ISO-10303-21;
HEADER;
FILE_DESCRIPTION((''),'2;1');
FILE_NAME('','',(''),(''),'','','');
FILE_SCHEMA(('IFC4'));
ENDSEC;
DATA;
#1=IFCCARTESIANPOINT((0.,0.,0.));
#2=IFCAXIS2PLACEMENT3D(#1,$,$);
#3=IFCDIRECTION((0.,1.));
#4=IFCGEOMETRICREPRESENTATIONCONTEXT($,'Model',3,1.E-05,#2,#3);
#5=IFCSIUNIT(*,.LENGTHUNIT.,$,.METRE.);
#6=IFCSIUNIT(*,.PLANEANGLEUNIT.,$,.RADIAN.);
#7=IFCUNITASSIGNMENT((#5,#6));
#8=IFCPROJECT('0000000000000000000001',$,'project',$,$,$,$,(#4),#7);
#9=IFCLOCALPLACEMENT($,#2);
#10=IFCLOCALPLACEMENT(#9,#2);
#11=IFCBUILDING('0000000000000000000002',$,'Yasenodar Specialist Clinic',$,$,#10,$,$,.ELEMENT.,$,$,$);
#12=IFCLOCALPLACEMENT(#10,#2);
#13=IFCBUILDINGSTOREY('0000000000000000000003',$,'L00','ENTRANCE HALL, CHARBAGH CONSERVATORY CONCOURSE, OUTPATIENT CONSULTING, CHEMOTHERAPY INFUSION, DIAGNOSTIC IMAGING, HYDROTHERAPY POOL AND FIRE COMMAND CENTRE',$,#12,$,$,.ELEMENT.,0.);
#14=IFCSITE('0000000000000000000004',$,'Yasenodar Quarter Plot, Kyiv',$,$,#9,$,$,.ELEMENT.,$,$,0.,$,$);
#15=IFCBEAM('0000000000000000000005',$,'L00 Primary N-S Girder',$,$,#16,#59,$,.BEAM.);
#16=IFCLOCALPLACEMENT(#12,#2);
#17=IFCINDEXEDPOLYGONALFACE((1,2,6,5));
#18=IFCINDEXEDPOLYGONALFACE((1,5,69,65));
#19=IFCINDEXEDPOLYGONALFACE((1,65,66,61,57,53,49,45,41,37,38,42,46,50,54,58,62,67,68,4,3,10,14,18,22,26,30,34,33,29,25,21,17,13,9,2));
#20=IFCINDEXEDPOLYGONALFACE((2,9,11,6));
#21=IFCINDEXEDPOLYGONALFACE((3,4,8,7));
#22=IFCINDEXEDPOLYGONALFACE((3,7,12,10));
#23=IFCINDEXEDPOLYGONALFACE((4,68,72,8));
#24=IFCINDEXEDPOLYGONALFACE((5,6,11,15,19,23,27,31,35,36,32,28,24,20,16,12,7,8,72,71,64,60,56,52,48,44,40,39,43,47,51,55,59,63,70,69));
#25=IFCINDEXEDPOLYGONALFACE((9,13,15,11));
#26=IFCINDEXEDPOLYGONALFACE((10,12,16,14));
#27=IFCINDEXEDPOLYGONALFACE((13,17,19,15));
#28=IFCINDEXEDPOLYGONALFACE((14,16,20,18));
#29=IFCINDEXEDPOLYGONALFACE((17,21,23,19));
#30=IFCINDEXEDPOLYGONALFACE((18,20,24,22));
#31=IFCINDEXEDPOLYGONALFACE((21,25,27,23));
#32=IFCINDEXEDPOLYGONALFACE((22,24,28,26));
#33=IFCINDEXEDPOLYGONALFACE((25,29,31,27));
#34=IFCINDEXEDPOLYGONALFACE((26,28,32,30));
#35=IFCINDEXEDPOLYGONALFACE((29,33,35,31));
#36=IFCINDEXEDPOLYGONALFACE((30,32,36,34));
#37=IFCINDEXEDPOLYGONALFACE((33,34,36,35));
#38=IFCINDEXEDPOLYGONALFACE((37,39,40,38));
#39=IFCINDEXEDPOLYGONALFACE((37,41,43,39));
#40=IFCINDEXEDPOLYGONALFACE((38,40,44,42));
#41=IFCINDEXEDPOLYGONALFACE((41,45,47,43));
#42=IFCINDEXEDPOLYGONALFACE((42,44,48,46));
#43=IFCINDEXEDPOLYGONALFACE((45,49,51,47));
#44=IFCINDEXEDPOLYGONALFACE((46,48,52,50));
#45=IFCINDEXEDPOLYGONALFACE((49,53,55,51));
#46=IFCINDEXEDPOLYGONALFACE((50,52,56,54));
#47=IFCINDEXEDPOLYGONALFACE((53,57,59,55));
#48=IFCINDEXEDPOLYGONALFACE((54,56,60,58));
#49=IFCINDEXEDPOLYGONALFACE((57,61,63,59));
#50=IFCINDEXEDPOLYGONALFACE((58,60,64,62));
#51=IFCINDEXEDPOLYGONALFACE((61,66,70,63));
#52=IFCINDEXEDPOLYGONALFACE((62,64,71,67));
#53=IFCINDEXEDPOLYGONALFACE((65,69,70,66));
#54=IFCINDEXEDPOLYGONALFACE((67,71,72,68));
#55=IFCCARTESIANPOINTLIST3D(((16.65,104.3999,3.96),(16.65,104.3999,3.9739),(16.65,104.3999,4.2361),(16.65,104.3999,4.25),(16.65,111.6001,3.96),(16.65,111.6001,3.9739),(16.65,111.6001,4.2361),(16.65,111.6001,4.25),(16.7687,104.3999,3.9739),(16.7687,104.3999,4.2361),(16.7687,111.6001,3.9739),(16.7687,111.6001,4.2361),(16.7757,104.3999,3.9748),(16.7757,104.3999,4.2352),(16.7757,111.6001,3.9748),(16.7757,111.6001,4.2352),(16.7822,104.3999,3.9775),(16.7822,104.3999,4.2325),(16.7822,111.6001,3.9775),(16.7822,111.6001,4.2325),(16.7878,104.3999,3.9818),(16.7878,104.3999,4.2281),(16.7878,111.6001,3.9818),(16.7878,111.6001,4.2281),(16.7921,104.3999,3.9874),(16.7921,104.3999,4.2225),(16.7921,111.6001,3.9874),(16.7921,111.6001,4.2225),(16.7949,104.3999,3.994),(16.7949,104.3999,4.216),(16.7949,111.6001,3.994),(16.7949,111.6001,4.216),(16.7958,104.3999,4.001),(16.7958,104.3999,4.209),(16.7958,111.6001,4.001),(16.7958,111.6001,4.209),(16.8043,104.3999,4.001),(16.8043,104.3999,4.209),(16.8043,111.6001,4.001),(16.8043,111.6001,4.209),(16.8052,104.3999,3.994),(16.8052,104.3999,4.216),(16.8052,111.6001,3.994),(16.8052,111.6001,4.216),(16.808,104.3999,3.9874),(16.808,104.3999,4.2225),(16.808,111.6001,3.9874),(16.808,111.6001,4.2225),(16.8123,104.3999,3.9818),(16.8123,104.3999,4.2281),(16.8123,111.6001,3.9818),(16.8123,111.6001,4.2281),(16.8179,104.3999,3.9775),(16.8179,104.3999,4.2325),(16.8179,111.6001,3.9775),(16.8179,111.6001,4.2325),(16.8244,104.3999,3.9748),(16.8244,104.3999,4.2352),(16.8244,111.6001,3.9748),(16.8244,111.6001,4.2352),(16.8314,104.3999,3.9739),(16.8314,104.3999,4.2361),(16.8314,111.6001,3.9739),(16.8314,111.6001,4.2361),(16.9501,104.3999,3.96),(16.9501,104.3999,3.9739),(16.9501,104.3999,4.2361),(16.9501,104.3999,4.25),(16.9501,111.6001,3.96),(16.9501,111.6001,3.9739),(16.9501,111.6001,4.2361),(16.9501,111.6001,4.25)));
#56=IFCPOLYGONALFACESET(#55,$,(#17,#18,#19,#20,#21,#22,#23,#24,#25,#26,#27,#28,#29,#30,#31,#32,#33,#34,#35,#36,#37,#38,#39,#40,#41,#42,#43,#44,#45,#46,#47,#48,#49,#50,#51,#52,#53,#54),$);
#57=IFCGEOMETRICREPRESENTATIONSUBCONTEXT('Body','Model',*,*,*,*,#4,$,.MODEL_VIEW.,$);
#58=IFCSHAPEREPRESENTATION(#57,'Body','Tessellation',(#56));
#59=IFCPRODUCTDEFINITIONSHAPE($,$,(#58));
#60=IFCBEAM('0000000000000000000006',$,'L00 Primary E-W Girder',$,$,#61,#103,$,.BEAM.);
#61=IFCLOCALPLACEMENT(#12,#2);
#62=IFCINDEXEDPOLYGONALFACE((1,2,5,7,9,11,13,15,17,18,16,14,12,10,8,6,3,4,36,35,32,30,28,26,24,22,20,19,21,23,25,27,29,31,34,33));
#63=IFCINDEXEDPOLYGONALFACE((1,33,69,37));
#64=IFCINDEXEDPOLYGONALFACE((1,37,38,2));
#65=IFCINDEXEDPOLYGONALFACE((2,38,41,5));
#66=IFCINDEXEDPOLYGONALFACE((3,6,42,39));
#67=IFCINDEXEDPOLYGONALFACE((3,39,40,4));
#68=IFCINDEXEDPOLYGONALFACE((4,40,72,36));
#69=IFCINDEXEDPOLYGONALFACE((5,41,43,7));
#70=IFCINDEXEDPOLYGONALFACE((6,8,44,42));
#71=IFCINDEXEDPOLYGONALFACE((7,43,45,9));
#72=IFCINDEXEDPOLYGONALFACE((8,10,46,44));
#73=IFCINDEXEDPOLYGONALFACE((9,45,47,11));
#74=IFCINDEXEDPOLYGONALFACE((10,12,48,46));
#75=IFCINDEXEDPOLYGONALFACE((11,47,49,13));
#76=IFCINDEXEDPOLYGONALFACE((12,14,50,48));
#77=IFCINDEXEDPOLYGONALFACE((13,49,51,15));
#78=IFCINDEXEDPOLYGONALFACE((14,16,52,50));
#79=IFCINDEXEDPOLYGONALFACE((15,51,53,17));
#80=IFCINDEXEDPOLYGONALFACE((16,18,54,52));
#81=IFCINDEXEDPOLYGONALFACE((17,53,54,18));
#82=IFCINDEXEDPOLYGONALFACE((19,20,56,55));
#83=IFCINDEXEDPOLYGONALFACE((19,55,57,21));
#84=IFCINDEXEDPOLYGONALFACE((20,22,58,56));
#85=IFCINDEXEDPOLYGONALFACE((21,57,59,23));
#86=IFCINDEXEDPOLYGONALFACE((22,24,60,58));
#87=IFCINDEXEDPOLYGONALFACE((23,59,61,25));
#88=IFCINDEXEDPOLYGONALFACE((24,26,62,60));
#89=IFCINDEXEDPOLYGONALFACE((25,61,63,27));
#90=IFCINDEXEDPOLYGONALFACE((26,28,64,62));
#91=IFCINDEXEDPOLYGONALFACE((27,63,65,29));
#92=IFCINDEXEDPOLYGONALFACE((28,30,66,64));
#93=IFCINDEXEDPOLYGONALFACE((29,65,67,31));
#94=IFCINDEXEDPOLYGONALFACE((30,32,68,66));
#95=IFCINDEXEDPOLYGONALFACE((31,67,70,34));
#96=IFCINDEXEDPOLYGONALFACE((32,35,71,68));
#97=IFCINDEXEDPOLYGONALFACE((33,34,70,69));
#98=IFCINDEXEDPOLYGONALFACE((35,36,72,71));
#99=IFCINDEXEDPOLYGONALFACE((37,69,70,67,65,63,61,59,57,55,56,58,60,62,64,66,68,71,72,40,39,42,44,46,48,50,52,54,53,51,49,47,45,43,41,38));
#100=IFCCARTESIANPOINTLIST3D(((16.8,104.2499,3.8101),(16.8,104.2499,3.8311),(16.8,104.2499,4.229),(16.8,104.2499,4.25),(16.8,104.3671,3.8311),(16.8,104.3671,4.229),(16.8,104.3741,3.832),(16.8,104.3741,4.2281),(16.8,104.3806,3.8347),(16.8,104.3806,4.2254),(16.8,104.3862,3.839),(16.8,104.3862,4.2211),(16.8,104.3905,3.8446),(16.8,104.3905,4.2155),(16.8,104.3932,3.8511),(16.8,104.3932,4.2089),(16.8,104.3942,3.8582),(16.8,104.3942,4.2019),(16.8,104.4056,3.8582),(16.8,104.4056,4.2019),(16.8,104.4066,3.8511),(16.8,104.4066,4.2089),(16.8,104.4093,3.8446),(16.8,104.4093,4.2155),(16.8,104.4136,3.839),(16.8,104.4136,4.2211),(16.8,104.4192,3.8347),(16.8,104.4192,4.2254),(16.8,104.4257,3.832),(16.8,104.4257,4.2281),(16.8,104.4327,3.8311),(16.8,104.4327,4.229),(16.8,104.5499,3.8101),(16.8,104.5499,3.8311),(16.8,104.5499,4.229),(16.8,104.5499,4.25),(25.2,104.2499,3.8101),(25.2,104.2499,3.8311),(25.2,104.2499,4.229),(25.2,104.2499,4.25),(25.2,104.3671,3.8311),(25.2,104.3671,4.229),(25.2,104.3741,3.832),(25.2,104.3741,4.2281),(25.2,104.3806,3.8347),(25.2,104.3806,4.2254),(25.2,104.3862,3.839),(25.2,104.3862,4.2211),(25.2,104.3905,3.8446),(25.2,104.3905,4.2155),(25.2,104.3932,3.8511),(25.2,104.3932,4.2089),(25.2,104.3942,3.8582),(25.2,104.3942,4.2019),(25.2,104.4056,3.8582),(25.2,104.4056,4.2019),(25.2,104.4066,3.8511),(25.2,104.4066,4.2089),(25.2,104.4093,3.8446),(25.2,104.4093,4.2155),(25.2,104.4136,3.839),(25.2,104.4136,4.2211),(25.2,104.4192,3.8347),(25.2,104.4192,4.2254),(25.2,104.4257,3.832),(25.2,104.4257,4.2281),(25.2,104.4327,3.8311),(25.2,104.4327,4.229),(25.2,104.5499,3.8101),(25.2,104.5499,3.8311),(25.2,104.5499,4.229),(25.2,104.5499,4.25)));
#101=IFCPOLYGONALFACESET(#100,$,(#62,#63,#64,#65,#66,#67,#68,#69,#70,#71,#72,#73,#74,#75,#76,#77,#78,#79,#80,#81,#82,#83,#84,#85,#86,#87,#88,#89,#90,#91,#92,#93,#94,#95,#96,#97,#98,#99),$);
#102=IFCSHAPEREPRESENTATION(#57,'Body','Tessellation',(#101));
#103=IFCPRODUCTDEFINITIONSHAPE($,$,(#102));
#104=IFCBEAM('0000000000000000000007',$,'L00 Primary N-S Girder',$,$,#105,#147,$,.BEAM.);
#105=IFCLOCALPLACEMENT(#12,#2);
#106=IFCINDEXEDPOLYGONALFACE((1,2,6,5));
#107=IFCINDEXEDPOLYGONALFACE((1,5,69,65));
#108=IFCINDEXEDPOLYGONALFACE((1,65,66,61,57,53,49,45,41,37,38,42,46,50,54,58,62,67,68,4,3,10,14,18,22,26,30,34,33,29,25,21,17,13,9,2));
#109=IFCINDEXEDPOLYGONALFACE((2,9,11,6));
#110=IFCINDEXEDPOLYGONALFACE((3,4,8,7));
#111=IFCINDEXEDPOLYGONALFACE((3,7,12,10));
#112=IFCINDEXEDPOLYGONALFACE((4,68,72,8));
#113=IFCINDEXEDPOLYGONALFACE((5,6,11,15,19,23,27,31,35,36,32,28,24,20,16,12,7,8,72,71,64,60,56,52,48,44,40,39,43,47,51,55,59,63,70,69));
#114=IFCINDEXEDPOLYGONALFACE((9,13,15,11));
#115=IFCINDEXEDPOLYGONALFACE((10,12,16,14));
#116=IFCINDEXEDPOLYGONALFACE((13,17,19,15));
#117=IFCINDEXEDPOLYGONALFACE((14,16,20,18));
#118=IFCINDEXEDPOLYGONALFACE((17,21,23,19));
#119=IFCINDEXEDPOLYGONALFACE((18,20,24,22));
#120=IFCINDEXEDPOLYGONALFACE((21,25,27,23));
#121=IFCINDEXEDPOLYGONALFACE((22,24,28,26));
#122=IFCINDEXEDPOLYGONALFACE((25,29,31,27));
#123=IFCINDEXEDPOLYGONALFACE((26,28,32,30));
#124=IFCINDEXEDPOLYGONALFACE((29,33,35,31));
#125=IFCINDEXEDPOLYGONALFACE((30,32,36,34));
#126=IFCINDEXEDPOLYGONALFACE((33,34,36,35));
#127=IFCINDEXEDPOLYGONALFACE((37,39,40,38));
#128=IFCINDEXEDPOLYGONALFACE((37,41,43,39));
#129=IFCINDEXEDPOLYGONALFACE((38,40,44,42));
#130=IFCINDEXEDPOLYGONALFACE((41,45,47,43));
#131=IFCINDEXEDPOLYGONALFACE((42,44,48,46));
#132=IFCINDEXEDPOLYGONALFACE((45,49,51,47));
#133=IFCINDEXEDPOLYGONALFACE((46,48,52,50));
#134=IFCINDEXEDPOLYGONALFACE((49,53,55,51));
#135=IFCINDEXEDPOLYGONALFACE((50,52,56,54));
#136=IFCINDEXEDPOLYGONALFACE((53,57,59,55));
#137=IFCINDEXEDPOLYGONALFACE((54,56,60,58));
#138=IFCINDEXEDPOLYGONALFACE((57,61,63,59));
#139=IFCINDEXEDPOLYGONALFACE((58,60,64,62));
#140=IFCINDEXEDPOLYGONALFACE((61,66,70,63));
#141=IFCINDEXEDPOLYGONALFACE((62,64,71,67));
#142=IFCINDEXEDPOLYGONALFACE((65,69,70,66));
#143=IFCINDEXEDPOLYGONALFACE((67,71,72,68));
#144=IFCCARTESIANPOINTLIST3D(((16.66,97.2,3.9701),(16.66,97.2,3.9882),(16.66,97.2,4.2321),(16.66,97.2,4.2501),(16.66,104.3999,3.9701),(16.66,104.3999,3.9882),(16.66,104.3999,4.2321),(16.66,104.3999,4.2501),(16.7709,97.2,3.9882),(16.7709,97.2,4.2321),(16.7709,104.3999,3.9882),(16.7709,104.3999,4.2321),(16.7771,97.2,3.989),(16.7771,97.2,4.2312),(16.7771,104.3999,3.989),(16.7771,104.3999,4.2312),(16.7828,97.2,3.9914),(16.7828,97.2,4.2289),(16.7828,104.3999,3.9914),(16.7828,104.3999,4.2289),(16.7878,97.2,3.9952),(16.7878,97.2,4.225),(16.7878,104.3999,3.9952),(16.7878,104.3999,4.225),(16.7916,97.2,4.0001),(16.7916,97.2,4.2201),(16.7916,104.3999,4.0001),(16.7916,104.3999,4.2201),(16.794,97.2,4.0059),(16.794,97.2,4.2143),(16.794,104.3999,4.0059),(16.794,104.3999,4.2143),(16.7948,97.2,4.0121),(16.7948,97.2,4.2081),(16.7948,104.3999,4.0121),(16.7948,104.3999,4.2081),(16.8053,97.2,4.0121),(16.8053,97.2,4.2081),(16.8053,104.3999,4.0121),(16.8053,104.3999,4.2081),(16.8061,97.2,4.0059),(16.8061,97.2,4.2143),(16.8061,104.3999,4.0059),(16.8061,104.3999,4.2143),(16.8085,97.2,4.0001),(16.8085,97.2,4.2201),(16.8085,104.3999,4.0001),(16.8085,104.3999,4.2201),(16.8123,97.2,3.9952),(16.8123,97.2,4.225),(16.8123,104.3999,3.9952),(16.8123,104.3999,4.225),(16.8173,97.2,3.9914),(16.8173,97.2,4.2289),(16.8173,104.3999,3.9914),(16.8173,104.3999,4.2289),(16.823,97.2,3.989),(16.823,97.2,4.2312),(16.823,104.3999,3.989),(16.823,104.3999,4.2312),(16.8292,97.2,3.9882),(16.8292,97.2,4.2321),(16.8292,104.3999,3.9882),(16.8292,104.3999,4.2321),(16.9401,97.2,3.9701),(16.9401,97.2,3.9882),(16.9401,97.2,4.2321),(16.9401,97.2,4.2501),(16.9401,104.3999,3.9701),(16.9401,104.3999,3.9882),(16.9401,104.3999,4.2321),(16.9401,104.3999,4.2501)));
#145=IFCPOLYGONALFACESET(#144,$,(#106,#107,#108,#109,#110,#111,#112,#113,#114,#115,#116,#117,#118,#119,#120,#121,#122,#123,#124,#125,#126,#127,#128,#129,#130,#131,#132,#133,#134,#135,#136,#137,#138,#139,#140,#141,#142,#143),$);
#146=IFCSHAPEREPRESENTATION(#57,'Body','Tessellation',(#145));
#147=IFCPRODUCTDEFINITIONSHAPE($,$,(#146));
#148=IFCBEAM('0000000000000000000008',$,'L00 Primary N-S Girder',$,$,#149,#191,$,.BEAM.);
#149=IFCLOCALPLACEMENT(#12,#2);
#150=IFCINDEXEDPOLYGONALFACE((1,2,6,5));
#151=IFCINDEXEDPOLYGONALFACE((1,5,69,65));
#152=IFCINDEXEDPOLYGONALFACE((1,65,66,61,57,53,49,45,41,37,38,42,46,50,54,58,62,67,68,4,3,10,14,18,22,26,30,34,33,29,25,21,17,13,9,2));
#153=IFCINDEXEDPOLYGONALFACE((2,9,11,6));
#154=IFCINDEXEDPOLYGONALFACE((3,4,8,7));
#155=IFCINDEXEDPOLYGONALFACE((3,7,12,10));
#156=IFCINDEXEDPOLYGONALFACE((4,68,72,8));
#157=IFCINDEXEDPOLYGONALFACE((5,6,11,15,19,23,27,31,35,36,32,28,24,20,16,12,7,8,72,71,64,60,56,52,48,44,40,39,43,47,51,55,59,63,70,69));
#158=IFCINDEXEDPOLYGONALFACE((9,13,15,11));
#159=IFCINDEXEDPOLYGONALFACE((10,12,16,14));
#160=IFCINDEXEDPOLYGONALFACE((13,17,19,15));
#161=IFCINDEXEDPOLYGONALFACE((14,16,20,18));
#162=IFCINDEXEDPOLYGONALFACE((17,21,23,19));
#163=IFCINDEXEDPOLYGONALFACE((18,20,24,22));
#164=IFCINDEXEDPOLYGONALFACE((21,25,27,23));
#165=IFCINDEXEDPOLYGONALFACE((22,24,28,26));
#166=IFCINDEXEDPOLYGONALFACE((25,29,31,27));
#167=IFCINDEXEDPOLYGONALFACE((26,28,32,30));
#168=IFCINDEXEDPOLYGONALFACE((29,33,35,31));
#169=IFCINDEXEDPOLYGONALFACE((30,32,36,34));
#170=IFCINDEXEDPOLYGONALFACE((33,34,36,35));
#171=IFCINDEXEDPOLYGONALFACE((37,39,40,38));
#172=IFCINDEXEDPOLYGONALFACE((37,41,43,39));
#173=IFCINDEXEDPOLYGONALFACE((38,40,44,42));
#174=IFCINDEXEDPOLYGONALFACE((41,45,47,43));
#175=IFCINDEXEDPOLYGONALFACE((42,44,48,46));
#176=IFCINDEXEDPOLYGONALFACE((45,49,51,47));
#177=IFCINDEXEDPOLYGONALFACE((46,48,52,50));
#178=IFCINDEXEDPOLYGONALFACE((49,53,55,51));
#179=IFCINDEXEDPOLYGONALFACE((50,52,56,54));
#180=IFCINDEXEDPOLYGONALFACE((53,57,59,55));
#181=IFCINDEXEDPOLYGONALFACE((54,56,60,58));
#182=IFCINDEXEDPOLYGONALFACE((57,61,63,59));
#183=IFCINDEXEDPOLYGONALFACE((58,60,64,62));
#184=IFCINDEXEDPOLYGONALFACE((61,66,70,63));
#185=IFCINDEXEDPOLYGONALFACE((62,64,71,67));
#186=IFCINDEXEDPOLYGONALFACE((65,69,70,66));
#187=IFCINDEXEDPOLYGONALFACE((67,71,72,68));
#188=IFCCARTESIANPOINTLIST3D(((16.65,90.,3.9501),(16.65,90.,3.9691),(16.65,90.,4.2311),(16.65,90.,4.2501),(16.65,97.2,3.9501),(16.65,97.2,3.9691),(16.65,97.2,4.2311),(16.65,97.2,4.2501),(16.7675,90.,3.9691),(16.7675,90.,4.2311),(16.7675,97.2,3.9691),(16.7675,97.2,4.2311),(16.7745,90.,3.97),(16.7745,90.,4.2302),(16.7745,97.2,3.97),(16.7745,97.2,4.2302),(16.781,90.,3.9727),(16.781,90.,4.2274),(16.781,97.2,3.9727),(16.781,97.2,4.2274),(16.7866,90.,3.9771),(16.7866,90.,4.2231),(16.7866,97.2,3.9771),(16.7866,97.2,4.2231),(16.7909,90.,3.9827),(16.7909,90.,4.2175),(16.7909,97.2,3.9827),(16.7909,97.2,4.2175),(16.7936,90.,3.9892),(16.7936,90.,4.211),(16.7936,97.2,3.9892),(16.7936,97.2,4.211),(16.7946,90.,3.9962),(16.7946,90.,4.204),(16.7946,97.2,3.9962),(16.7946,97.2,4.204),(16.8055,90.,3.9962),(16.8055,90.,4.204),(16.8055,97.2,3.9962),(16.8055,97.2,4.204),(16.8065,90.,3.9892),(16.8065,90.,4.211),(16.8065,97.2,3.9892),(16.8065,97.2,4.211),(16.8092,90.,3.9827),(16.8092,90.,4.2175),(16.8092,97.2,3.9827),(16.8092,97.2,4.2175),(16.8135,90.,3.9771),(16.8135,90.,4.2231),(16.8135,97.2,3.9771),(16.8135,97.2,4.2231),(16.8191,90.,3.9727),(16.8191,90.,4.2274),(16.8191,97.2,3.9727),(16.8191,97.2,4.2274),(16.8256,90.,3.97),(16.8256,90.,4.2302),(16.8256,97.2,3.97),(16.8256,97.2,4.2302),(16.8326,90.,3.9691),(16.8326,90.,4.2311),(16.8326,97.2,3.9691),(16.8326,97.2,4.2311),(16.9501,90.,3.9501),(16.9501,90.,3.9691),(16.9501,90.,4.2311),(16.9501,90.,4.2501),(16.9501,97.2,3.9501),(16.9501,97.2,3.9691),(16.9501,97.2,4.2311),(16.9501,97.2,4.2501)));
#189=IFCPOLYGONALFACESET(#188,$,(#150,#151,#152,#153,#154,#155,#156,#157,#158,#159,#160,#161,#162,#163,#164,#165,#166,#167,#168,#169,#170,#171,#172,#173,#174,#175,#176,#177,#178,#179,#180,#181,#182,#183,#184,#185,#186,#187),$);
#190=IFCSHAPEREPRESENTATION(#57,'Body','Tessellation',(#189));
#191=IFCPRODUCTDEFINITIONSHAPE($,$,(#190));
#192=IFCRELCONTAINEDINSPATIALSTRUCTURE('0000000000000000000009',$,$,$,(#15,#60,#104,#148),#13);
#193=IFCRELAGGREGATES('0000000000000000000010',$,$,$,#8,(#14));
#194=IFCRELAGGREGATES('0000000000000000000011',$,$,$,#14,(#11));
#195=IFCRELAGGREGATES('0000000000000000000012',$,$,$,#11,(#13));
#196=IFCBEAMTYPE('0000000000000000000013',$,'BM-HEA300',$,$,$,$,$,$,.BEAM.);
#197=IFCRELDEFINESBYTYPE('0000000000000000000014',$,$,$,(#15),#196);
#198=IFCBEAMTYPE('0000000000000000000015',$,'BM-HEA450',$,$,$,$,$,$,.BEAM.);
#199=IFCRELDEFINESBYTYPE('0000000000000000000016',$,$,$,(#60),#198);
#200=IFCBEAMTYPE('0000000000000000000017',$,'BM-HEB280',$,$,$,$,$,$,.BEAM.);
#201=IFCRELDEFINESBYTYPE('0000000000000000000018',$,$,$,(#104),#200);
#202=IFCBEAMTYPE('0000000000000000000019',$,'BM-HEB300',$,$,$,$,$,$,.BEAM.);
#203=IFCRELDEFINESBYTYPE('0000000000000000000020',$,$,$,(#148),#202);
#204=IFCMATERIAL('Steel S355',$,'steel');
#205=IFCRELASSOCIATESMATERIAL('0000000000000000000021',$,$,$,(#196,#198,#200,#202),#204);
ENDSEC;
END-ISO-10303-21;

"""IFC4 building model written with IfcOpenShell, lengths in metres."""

from ifc_helpers import new_model, si_unit, direction, frame, origin, origin_2d, place, context, subcontext, project, spatial, i_section, extrude, material, material_profile, profile_set, type_object, element, save


model = new_model("IFC4")

# Units and contexts
model_context = context("Model", 3, precision=1e-05, world=origin(), true_north=direction((0.0, 1.0)))
body_context = subcontext(model_context, "Body", "Model", "MODEL_VIEW")
ifc_project = project(units=[si_unit("LENGTHUNIT", "METRE"), si_unit("PLANEANGLEUNIT", "RADIAN")], contexts=[model_context])

# Site, building, storey
site_placement = place(None, origin())
site = spatial("IfcSite", under=ifc_project, at=site_placement, Name="Yasenodar Quarter Plot, Kyiv", CompositionType="ELEMENT", RefElevation=0.0)
building_placement = place(site_placement, origin())
building = spatial("IfcBuilding", under=site, at=building_placement, Name="Yasenodar Specialist Clinic", CompositionType="ELEMENT")
storey_placement = place(building_placement, origin())
storey = spatial("IfcBuildingStorey", under=building, at=storey_placement, Name="L00", Description="ENTRANCE HALL, CHARBAGH CONSERVATORY CONCOURSE, OUTPATIENT CONSULTING, CHEMOTHERAPY INFUSION, DIAGNOSTIC IMAGING, HYDROTHERAPY POOL AND FIRE COMMAND CENTRE", CompositionType="ELEMENT", Elevation=0.0)

# Shared definitions
ifc_material_1 = material(Name="Steel S355", Category="steel")

# Beams
ifc_material_profile_1 = material_profile(ifc_material_1, i_section(OverallWidth=0.3, OverallDepth=0.29, WebThickness=0.0085, FlangeThickness=0.0139, FilletRadius=0.0271, at=origin_2d()), Name="HEA 300")
ifc_profile_set_1 = profile_set([ifc_material_profile_1], Name="Steel S355")
beam_type_1 = type_object("IfcBeamType", Name="BM-HEA300", PredefinedType="BEAM", material=ifc_profile_set_1)
beam_1_placement = place(storey_placement, frame((16.8, 104.3999, 4.105), z_axis=(0.0, 1.0, 0.0), x_axis=(-1.0, 0.0, 0.0)))
element("IfcBeam", 1, at=beam_1_placement, inside=storey, type_object=beam_type_1, Name="L00 Primary N-S Girder", PredefinedType="BEAM", context=body_context, shape_type="SweptSolid", body=[
    extrude(i_section(OverallWidth=0.3, OverallDepth=0.29, WebThickness=0.0085, FlangeThickness=0.0139, FilletRadius=0.0271, at=origin_2d()), origin(), (0.0, 0.0, 1.0), 7.2002),
])
ifc_material_profile_2 = material_profile(ifc_material_1, i_section(OverallWidth=0.3, OverallDepth=0.4399, WebThickness=0.0115, FlangeThickness=0.021, FilletRadius=0.0271, at=origin_2d()), Name="HEA 450")
ifc_profile_set_2 = profile_set([ifc_material_profile_2], Name="Steel S355")
beam_type_2 = type_object("IfcBeamType", Name="BM-HEA450", PredefinedType="BEAM", material=ifc_profile_set_2)
beam_2_placement = place(storey_placement, frame((16.8, 104.3999, 4.03), z_axis=(1.0, 0.0, 0.0), x_axis=(0.0, 1.0, 0.0)))
element("IfcBeam", 2, at=beam_2_placement, inside=storey, type_object=beam_type_2, Name="L00 Primary E-W Girder", PredefinedType="BEAM", context=body_context, shape_type="SweptSolid", body=[
    extrude(i_section(OverallWidth=0.3, OverallDepth=0.4399, WebThickness=0.0115, FlangeThickness=0.021, FilletRadius=0.0271, at=origin_2d()), origin(), (0.0, 0.0, 1.0), 8.3999),
])
ifc_material_profile_3 = material_profile(ifc_material_1, i_section(OverallWidth=0.28, OverallDepth=0.28, WebThickness=0.0105, FlangeThickness=0.0181, FilletRadius=0.0239, at=origin_2d()), Name="HEB 280")
ifc_profile_set_3 = profile_set([ifc_material_profile_3], Name="Steel S355")
beam_type_3 = type_object("IfcBeamType", Name="BM-HEB280", PredefinedType="BEAM", material=ifc_profile_set_3)
beam_3_placement = place(storey_placement, frame((16.8, 97.2, 4.1101), z_axis=(0.0, 1.0, 0.0), x_axis=(-1.0, 0.0, 0.0)))
element("IfcBeam", 3, at=beam_3_placement, inside=storey, type_object=beam_type_3, Name="L00 Primary N-S Girder", PredefinedType="BEAM", context=body_context, shape_type="SweptSolid", body=[
    extrude(i_section(OverallWidth=0.28, OverallDepth=0.28, WebThickness=0.0105, FlangeThickness=0.0181, FilletRadius=0.0239, at=origin_2d()), origin(), (0.0, 0.0, 1.0), 7.2),
])
ifc_material_profile_4 = material_profile(ifc_material_1, i_section(OverallWidth=0.3, OverallDepth=0.3, WebThickness=0.011, FlangeThickness=0.019, FilletRadius=0.0271, at=origin_2d()), Name="HEB 300")
ifc_profile_set_4 = profile_set([ifc_material_profile_4], Name="Steel S355")
beam_type_4 = type_object("IfcBeamType", Name="BM-HEB300", PredefinedType="BEAM", material=ifc_profile_set_4)
beam_4_placement = place(storey_placement, frame((16.8, 90.0, 4.1001), z_axis=(0.0, 1.0, 0.0), x_axis=(-1.0, 0.0, 0.0)))
element("IfcBeam", 4, at=beam_4_placement, inside=storey, type_object=beam_type_4, Name="L00 Primary N-S Girder", PredefinedType="BEAM", context=body_context, shape_type="SweptSolid", body=[
    extrude(i_section(OverallWidth=0.3, OverallDepth=0.3, WebThickness=0.011, FlangeThickness=0.019, FilletRadius=0.0271, at=origin_2d()), origin(), (0.0, 0.0, 1.0), 7.2),
])

save(model, "model.ifc")
